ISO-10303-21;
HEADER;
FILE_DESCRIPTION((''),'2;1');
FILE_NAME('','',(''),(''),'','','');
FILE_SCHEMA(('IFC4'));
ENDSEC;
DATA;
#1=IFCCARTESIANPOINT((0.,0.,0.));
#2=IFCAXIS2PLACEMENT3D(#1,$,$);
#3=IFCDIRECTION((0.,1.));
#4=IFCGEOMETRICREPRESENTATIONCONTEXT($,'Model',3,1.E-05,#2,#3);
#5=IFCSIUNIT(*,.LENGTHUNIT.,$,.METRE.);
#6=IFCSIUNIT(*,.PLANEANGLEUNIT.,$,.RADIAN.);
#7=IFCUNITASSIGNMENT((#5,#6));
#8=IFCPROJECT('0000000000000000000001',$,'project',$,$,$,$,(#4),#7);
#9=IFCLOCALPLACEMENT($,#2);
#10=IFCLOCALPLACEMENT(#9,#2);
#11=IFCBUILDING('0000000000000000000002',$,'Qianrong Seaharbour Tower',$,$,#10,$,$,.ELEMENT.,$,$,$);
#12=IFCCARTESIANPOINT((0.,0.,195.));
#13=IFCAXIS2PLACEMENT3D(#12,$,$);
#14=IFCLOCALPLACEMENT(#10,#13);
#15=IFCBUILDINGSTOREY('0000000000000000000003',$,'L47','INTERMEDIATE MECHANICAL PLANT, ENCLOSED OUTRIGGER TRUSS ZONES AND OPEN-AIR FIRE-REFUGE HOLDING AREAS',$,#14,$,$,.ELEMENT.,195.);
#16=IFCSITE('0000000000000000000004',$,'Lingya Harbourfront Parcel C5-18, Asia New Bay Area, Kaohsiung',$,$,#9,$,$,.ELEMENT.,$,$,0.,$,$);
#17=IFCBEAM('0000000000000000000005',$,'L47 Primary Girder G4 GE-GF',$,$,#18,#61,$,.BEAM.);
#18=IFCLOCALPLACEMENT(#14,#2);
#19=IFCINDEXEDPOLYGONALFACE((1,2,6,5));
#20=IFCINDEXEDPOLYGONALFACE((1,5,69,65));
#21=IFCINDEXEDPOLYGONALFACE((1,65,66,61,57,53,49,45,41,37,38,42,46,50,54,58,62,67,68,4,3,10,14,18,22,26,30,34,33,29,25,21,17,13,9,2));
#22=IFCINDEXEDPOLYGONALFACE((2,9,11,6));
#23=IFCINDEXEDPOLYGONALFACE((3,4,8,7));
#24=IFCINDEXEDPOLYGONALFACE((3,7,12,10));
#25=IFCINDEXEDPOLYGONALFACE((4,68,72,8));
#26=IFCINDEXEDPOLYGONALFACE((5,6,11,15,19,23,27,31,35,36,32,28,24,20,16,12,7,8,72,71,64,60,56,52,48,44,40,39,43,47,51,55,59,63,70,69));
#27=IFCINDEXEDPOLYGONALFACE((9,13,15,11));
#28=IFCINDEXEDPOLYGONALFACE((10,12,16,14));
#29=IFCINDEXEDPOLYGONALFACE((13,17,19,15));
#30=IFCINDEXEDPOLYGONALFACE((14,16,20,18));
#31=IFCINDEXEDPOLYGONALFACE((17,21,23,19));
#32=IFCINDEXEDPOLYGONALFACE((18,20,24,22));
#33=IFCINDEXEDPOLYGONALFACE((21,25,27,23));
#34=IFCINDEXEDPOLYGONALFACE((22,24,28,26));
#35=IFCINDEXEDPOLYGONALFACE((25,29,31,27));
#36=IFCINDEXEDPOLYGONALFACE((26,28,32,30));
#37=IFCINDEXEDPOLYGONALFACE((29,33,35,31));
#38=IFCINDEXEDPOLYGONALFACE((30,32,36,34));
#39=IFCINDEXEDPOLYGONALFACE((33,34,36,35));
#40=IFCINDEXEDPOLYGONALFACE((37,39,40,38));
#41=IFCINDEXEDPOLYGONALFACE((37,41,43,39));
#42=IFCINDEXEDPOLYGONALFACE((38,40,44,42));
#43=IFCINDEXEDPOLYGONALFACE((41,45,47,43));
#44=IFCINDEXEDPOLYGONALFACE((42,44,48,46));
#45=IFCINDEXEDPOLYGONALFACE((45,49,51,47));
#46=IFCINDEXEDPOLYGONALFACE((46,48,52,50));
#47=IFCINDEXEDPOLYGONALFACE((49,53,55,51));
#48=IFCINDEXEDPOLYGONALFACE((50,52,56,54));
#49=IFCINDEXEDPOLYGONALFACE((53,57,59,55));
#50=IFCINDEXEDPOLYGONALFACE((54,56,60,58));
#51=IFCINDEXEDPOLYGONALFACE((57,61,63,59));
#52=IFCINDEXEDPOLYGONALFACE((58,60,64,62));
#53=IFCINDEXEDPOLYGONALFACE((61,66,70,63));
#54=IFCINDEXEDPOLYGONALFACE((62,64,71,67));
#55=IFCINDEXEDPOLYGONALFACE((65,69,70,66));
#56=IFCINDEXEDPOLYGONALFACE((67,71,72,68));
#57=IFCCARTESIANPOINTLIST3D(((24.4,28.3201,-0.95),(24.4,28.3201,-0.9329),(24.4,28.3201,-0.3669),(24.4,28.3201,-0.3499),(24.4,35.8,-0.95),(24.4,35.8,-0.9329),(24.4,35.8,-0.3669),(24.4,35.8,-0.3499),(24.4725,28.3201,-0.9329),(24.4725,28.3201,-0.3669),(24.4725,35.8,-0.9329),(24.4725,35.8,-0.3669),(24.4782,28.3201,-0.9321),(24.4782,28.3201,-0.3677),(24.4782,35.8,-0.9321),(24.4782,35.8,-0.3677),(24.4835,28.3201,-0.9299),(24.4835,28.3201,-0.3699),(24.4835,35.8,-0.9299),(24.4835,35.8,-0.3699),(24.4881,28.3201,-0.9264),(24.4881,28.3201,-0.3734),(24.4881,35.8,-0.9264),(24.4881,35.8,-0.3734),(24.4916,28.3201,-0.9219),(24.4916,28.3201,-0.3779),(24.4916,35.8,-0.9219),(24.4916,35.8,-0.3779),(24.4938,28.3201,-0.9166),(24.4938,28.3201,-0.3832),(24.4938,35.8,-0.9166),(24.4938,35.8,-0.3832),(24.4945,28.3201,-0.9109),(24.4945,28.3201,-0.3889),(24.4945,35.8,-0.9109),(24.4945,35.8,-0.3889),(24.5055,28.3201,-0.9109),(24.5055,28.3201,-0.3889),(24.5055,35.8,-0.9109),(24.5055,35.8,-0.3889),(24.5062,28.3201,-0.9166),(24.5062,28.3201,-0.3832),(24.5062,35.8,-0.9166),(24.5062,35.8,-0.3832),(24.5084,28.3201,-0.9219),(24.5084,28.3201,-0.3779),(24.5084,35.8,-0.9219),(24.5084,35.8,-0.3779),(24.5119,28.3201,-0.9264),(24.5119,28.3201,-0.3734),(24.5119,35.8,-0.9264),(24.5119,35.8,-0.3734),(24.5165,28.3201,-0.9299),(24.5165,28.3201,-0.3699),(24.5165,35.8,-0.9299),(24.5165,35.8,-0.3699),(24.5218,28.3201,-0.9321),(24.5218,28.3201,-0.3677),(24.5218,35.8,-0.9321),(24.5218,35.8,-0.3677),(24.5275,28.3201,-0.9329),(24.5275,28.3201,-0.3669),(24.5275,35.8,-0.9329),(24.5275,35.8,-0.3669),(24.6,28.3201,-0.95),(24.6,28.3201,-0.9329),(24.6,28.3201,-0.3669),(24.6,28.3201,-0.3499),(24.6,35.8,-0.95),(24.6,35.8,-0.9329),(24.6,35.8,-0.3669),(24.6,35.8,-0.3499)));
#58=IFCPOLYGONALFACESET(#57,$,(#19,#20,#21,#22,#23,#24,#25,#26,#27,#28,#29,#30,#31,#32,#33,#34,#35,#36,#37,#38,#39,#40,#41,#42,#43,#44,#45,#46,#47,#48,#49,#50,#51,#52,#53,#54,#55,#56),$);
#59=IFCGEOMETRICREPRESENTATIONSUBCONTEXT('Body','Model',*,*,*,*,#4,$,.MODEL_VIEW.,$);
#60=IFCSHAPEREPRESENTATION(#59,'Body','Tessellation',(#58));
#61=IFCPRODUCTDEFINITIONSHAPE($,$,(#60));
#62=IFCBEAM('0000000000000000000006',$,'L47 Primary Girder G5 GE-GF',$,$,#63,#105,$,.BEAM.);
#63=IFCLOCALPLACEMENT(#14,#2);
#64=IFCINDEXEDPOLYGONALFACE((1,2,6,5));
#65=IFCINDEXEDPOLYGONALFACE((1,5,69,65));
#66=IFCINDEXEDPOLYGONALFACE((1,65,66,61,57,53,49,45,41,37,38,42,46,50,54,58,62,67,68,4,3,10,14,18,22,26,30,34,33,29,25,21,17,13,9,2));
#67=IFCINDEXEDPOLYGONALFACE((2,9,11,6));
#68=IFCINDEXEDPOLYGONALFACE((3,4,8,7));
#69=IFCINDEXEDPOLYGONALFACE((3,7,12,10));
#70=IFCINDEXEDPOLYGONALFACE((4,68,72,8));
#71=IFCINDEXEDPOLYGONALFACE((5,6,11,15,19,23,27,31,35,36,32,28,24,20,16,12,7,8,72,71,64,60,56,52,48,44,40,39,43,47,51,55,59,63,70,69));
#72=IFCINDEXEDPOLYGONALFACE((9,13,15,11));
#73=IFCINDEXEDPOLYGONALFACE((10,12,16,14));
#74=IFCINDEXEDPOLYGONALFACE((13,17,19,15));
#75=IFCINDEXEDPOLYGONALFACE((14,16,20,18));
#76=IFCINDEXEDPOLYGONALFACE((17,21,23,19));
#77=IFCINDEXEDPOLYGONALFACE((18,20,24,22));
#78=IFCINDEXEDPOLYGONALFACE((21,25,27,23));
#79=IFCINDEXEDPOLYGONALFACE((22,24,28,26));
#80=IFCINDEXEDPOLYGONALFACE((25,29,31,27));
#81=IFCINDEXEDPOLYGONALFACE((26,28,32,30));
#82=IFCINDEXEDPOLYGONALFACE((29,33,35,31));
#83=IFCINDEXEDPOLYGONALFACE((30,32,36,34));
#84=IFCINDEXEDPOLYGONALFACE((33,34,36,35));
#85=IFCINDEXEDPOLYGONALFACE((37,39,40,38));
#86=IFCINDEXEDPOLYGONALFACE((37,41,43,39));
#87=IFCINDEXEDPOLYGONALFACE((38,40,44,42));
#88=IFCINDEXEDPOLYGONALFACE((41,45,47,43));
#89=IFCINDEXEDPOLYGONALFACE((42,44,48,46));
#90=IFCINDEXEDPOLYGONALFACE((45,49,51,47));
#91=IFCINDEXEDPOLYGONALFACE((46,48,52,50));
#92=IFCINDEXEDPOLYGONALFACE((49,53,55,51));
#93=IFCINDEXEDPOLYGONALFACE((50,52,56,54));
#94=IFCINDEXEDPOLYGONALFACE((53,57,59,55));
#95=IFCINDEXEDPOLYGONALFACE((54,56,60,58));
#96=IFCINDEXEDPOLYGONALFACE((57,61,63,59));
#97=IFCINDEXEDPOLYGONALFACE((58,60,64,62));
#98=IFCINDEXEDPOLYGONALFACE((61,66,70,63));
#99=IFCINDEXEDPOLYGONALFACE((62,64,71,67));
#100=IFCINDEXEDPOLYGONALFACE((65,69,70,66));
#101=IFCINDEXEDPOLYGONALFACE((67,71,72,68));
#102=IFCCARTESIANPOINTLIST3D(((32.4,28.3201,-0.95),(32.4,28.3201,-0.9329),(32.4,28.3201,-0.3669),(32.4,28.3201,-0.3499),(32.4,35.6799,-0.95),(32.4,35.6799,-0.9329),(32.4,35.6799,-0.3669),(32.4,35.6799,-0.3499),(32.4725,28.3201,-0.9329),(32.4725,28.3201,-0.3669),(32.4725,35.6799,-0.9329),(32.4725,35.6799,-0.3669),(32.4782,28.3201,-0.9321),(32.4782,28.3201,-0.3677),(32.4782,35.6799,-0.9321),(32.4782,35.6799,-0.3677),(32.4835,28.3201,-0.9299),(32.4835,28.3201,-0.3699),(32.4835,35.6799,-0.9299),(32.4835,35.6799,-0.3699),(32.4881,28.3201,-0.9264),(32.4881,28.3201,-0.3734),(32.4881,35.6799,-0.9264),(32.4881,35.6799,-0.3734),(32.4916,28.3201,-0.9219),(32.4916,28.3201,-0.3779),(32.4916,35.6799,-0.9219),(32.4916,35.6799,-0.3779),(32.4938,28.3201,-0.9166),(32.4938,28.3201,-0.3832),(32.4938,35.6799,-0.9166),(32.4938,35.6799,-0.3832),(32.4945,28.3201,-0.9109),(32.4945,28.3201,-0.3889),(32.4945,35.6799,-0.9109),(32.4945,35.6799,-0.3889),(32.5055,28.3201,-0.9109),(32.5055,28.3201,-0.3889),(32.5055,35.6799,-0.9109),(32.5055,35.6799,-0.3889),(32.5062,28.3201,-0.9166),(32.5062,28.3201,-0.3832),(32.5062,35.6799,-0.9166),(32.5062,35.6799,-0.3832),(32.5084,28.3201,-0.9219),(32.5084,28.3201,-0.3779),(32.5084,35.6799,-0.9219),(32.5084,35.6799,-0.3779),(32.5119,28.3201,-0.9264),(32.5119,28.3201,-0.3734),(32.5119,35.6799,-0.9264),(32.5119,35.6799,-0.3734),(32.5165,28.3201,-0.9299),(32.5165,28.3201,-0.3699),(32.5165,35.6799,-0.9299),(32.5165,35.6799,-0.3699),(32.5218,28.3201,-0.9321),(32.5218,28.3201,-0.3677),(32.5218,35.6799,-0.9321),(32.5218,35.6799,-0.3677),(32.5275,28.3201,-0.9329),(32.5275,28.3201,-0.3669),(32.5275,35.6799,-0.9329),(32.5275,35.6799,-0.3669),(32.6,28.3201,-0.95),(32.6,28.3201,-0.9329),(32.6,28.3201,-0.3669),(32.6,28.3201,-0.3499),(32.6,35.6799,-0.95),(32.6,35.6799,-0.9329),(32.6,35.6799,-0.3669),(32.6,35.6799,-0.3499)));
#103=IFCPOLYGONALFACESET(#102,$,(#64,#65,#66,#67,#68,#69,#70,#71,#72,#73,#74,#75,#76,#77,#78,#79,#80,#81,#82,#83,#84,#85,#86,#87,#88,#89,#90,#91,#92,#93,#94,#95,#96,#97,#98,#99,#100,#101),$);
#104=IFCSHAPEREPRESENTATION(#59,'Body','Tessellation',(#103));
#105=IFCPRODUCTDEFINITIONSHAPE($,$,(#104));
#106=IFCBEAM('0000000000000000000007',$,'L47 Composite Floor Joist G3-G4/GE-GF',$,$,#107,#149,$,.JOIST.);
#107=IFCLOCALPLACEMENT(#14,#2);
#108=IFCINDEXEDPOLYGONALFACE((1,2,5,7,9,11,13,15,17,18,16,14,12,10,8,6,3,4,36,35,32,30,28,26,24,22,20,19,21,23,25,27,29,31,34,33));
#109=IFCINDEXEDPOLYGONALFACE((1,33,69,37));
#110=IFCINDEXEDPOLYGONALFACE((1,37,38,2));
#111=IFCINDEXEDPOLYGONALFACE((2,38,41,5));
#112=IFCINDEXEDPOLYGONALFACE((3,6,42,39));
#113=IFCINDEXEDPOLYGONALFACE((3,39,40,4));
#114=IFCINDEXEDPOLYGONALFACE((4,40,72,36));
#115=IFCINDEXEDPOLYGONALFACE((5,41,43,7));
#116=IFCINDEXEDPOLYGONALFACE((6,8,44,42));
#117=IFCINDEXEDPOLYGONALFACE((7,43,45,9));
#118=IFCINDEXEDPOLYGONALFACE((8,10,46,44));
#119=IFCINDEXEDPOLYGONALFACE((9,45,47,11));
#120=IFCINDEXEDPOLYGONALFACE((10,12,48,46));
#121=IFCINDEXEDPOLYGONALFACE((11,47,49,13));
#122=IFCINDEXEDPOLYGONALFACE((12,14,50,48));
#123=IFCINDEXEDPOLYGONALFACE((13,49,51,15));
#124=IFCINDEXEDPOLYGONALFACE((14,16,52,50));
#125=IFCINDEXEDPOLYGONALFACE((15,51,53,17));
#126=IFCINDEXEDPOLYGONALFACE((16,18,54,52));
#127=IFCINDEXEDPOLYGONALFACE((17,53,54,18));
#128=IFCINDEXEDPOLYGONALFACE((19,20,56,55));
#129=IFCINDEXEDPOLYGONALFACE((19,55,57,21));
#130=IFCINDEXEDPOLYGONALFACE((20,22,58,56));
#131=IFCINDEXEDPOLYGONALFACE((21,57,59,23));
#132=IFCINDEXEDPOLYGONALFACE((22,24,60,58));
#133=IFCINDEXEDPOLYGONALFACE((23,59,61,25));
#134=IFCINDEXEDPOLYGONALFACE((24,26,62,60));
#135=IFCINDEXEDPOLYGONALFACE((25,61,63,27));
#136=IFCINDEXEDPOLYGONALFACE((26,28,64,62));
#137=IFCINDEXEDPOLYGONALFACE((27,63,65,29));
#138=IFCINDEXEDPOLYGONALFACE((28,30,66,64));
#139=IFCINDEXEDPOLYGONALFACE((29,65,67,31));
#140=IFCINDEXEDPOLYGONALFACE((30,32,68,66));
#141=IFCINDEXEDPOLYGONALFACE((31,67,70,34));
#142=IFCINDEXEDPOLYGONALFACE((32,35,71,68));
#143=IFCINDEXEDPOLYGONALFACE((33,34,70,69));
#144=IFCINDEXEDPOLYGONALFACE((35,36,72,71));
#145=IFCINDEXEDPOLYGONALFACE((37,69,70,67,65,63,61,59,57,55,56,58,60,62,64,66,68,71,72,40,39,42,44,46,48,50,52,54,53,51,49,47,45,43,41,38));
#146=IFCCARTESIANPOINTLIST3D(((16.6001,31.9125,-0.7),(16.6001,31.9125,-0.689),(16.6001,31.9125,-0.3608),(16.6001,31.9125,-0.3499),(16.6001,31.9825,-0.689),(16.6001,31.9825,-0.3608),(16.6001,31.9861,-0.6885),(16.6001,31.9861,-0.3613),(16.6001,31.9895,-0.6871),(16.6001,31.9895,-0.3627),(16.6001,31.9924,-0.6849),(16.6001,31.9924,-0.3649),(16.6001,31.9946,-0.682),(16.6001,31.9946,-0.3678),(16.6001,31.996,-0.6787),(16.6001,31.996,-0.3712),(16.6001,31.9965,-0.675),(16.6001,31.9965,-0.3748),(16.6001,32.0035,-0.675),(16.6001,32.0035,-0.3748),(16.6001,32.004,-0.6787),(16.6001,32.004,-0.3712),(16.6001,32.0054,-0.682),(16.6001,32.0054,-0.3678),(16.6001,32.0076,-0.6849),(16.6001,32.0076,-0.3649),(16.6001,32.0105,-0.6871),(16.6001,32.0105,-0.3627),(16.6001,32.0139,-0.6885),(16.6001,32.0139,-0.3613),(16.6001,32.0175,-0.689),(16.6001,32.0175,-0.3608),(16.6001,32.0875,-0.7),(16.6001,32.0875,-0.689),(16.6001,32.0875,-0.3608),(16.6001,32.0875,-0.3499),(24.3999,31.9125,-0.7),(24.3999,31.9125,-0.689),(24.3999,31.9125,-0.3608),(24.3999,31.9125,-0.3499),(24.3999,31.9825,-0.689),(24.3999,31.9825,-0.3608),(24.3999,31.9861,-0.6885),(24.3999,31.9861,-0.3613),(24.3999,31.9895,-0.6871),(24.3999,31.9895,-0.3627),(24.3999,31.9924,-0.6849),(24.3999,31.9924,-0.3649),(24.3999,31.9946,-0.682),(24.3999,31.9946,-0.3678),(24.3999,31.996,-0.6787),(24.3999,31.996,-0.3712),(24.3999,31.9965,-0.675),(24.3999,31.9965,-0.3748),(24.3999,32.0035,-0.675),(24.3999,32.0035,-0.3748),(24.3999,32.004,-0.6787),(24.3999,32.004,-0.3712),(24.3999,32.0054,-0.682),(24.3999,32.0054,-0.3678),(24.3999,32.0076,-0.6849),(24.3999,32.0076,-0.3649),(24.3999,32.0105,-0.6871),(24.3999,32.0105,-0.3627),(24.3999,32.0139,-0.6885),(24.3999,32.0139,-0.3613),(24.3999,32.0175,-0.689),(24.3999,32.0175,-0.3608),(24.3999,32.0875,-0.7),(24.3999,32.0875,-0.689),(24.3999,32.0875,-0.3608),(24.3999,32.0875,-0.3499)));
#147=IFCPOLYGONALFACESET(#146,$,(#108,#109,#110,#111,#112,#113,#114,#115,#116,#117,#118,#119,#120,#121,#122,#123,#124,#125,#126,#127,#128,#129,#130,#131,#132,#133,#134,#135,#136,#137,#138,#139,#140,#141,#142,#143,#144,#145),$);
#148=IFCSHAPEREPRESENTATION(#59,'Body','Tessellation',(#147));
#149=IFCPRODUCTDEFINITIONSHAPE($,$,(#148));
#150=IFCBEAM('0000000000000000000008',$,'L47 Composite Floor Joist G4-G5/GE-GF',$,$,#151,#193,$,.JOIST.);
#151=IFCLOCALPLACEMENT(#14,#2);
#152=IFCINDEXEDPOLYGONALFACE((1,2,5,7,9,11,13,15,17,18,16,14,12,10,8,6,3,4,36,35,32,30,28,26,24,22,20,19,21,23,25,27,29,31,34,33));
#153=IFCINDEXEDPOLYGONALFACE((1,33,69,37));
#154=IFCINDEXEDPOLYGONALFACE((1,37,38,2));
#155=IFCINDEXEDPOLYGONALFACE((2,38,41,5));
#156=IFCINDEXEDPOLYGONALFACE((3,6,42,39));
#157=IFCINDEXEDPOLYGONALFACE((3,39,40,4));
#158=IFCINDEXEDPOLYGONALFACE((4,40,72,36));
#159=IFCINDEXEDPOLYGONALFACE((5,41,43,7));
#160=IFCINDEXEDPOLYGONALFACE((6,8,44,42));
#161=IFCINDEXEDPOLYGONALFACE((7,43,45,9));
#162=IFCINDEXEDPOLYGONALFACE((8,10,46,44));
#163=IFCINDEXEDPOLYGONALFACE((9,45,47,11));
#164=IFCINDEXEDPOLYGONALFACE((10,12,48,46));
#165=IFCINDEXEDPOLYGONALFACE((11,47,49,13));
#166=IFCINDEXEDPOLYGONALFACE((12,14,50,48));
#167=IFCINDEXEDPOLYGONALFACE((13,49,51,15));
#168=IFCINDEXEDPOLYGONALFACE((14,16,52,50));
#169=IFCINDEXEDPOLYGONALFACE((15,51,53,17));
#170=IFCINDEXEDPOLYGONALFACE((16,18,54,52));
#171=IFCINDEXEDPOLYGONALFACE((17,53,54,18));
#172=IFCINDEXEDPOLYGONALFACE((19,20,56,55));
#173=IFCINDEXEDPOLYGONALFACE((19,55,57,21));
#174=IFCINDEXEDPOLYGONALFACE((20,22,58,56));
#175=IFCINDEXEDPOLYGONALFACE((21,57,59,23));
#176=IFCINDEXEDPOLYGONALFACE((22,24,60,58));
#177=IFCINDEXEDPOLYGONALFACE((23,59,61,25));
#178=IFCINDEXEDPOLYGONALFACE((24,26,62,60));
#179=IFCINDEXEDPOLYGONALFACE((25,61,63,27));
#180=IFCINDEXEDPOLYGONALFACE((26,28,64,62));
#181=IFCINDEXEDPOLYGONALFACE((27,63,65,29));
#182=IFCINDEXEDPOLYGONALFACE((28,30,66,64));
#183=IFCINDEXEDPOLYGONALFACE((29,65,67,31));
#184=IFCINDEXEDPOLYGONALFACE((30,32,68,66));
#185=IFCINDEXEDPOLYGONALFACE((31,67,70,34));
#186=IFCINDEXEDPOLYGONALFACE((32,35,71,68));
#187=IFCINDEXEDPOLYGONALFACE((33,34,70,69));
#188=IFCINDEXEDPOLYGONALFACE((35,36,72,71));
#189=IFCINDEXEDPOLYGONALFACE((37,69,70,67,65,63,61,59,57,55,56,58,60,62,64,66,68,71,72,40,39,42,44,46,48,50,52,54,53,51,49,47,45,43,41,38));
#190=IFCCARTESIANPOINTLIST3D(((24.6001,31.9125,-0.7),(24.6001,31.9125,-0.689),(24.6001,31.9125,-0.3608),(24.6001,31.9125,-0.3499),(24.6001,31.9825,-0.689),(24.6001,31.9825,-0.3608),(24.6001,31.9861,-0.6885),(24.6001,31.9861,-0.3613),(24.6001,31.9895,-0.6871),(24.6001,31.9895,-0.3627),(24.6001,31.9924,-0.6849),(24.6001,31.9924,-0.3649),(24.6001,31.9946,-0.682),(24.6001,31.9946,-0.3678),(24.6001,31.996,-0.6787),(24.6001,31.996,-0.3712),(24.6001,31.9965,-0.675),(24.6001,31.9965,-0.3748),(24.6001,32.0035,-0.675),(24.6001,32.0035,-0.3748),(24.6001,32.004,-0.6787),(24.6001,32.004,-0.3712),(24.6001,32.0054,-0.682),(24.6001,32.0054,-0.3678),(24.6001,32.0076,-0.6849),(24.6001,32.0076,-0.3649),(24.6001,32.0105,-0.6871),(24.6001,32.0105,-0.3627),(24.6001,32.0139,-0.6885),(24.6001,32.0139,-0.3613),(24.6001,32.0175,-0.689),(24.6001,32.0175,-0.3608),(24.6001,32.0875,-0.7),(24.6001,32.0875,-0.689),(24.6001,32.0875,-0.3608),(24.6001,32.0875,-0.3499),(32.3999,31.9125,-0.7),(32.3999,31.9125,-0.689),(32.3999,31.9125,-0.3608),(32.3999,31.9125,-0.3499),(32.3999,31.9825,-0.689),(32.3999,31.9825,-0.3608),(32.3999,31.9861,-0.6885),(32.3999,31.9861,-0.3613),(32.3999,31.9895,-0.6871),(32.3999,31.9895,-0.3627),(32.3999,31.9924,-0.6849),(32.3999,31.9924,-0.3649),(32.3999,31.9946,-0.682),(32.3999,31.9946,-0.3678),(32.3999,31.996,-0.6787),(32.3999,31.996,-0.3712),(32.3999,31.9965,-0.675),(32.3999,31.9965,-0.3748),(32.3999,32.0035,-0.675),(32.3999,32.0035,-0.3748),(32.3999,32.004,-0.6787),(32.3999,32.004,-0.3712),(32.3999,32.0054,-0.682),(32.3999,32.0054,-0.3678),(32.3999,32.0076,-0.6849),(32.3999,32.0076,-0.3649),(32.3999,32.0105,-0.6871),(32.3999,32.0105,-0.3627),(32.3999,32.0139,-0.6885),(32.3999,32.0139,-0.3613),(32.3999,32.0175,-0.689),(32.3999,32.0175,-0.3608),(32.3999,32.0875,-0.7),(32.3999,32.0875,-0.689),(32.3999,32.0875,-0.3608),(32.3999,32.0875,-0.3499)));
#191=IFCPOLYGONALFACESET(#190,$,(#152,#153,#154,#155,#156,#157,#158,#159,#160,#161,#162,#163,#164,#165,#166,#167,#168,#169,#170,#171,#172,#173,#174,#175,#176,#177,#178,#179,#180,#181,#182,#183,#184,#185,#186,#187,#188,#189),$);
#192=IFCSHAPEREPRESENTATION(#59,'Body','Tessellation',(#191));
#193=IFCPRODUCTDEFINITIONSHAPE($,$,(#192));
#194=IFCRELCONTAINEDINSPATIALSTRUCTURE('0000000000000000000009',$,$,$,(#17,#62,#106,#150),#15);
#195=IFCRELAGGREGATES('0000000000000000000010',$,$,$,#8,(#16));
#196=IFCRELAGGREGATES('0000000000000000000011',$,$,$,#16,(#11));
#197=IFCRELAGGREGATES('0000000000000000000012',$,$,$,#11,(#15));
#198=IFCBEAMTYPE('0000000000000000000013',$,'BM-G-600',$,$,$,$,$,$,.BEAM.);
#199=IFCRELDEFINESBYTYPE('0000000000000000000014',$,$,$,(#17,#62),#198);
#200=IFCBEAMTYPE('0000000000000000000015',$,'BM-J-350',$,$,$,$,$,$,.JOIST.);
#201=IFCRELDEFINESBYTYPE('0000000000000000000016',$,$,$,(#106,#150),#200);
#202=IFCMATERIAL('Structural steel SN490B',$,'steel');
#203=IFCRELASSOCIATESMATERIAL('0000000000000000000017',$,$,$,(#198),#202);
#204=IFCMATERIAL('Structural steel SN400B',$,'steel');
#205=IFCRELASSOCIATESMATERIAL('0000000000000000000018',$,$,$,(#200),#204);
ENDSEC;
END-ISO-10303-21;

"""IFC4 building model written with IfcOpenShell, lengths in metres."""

from ifc_helpers import new_model, si_unit, direction, frame, origin, origin_2d, place, context, subcontext, project, spatial, i_section, extrude, material, material_profile, profile_set, type_object, element, save


model = new_model("IFC4")

# Units and contexts
model_context = context("Model", 3, precision=1e-05, world=origin(), true_north=direction((0.0, 1.0)))
body_context = subcontext(model_context, "Body", "Model", "MODEL_VIEW")
ifc_project = project(units=[si_unit("LENGTHUNIT", "METRE"), si_unit("PLANEANGLEUNIT", "RADIAN")], contexts=[model_context])

# Site, building, storey
site_placement = place(None, origin())
site = spatial("IfcSite", under=ifc_project, at=site_placement, Name="Lingya Harbourfront Parcel C5-18, Asia New Bay Area, Kaohsiung", CompositionType="ELEMENT", RefElevation=0.0)
building_placement = place(site_placement, origin())
building = spatial("IfcBuilding", under=site, at=building_placement, Name="Qianrong Seaharbour Tower", CompositionType="ELEMENT")
storey_placement = place(building_placement, frame((0.0, 0.0, 195.0)))
storey = spatial("IfcBuildingStorey", under=building, at=storey_placement, Name="L47", Description="INTERMEDIATE MECHANICAL PLANT, ENCLOSED OUTRIGGER TRUSS ZONES AND OPEN-AIR FIRE-REFUGE HOLDING AREAS", CompositionType="ELEMENT", Elevation=195.0)

# Shared definitions
ifc_material_1 = material(Name="Structural steel SN490B", Category="steel")

# Beams
ifc_material_profile_1 = material_profile(ifc_material_1, i_section(OverallWidth=0.2, OverallDepth=0.6001, WebThickness=0.011, FlangeThickness=0.0171, FilletRadius=0.022, at=origin_2d()), Name="H600x200x11x17")
ifc_profile_set_1 = profile_set([ifc_material_profile_1], Name="Structural steel SN490B")
beam_type_1 = type_object("IfcBeamType", Name="BM-G-600", PredefinedType="BEAM", material=ifc_profile_set_1)
for number, where, z_axis, x_axis, name in (
    (1, (24.5, 28.3201, -0.6499), (0.0, 1.0, 0.0), (-1.0, 0.0, 0.0), "L47 Primary Girder G4 GE-GF"),
):
    element("IfcBeam", number, at=place(storey_placement, frame(where, z_axis=z_axis, x_axis=x_axis)), inside=storey, type_object=beam_type_1, Name=name, PredefinedType="BEAM", context=body_context, shape_type="SweptSolid", body=[
        extrude(i_section(OverallWidth=0.2, OverallDepth=0.6001, WebThickness=0.011, FlangeThickness=0.0171, FilletRadius=0.022, at=origin_2d()), origin(), (0.0, 0.0, 1.0), 7.48),
    ])
beam_1_placement = place(storey_placement, frame((32.5, 28.3201, -0.6499), z_axis=(0.0, 1.0, 0.0), x_axis=(-1.0, 0.0, 0.0)))
element("IfcBeam", 2, at=beam_1_placement, inside=storey, type_object=beam_type_1, Name="L47 Primary Girder G5 GE-GF", PredefinedType="BEAM", context=body_context, shape_type="SweptSolid", body=[
    extrude(i_section(OverallWidth=0.2, OverallDepth=0.6001, WebThickness=0.011, FlangeThickness=0.0171, FilletRadius=0.022, at=origin_2d()), origin(), (0.0, 0.0, 1.0), 7.3599),
])
ifc_material_2 = material(Name="Structural steel SN400B", Category="steel")
ifc_material_profile_2 = material_profile(ifc_material_2, i_section(OverallWidth=0.175, OverallDepth=0.3501, WebThickness=0.0071, FlangeThickness=0.011, FilletRadius=0.0139, at=origin_2d()), Name="H350x175x7x11")
ifc_profile_set_2 = profile_set([ifc_material_profile_2], Name="Structural steel SN400B")
beam_type_2 = type_object("IfcBeamType", Name="BM-J-350", PredefinedType="JOIST", material=ifc_profile_set_2)
for number, where, z_axis, x_axis, name in (
    (3, (16.6001, 32.0, -0.5249), (1.0, 0.0, 0.0), (0.0, 1.0, 0.0), "L47 Composite Floor Joist G3-G4/GE-GF"),
    (4, (24.6001, 32.0, -0.5249), (1.0, 0.0, 0.0), (0.0, 1.0, 0.0), "L47 Composite Floor Joist G4-G5/GE-GF"),
):
    element("IfcBeam", number, at=place(storey_placement, frame(where, z_axis=z_axis, x_axis=x_axis)), inside=storey, type_object=beam_type_2, Name=name, PredefinedType="JOIST", context=body_context, shape_type="SweptSolid", body=[
        extrude(i_section(OverallWidth=0.175, OverallDepth=0.3501, WebThickness=0.0071, FlangeThickness=0.011, FilletRadius=0.0139, at=origin_2d()), origin(), (0.0, 0.0, 1.0), 7.7998),
    ])

save(model, "model.ifc")
